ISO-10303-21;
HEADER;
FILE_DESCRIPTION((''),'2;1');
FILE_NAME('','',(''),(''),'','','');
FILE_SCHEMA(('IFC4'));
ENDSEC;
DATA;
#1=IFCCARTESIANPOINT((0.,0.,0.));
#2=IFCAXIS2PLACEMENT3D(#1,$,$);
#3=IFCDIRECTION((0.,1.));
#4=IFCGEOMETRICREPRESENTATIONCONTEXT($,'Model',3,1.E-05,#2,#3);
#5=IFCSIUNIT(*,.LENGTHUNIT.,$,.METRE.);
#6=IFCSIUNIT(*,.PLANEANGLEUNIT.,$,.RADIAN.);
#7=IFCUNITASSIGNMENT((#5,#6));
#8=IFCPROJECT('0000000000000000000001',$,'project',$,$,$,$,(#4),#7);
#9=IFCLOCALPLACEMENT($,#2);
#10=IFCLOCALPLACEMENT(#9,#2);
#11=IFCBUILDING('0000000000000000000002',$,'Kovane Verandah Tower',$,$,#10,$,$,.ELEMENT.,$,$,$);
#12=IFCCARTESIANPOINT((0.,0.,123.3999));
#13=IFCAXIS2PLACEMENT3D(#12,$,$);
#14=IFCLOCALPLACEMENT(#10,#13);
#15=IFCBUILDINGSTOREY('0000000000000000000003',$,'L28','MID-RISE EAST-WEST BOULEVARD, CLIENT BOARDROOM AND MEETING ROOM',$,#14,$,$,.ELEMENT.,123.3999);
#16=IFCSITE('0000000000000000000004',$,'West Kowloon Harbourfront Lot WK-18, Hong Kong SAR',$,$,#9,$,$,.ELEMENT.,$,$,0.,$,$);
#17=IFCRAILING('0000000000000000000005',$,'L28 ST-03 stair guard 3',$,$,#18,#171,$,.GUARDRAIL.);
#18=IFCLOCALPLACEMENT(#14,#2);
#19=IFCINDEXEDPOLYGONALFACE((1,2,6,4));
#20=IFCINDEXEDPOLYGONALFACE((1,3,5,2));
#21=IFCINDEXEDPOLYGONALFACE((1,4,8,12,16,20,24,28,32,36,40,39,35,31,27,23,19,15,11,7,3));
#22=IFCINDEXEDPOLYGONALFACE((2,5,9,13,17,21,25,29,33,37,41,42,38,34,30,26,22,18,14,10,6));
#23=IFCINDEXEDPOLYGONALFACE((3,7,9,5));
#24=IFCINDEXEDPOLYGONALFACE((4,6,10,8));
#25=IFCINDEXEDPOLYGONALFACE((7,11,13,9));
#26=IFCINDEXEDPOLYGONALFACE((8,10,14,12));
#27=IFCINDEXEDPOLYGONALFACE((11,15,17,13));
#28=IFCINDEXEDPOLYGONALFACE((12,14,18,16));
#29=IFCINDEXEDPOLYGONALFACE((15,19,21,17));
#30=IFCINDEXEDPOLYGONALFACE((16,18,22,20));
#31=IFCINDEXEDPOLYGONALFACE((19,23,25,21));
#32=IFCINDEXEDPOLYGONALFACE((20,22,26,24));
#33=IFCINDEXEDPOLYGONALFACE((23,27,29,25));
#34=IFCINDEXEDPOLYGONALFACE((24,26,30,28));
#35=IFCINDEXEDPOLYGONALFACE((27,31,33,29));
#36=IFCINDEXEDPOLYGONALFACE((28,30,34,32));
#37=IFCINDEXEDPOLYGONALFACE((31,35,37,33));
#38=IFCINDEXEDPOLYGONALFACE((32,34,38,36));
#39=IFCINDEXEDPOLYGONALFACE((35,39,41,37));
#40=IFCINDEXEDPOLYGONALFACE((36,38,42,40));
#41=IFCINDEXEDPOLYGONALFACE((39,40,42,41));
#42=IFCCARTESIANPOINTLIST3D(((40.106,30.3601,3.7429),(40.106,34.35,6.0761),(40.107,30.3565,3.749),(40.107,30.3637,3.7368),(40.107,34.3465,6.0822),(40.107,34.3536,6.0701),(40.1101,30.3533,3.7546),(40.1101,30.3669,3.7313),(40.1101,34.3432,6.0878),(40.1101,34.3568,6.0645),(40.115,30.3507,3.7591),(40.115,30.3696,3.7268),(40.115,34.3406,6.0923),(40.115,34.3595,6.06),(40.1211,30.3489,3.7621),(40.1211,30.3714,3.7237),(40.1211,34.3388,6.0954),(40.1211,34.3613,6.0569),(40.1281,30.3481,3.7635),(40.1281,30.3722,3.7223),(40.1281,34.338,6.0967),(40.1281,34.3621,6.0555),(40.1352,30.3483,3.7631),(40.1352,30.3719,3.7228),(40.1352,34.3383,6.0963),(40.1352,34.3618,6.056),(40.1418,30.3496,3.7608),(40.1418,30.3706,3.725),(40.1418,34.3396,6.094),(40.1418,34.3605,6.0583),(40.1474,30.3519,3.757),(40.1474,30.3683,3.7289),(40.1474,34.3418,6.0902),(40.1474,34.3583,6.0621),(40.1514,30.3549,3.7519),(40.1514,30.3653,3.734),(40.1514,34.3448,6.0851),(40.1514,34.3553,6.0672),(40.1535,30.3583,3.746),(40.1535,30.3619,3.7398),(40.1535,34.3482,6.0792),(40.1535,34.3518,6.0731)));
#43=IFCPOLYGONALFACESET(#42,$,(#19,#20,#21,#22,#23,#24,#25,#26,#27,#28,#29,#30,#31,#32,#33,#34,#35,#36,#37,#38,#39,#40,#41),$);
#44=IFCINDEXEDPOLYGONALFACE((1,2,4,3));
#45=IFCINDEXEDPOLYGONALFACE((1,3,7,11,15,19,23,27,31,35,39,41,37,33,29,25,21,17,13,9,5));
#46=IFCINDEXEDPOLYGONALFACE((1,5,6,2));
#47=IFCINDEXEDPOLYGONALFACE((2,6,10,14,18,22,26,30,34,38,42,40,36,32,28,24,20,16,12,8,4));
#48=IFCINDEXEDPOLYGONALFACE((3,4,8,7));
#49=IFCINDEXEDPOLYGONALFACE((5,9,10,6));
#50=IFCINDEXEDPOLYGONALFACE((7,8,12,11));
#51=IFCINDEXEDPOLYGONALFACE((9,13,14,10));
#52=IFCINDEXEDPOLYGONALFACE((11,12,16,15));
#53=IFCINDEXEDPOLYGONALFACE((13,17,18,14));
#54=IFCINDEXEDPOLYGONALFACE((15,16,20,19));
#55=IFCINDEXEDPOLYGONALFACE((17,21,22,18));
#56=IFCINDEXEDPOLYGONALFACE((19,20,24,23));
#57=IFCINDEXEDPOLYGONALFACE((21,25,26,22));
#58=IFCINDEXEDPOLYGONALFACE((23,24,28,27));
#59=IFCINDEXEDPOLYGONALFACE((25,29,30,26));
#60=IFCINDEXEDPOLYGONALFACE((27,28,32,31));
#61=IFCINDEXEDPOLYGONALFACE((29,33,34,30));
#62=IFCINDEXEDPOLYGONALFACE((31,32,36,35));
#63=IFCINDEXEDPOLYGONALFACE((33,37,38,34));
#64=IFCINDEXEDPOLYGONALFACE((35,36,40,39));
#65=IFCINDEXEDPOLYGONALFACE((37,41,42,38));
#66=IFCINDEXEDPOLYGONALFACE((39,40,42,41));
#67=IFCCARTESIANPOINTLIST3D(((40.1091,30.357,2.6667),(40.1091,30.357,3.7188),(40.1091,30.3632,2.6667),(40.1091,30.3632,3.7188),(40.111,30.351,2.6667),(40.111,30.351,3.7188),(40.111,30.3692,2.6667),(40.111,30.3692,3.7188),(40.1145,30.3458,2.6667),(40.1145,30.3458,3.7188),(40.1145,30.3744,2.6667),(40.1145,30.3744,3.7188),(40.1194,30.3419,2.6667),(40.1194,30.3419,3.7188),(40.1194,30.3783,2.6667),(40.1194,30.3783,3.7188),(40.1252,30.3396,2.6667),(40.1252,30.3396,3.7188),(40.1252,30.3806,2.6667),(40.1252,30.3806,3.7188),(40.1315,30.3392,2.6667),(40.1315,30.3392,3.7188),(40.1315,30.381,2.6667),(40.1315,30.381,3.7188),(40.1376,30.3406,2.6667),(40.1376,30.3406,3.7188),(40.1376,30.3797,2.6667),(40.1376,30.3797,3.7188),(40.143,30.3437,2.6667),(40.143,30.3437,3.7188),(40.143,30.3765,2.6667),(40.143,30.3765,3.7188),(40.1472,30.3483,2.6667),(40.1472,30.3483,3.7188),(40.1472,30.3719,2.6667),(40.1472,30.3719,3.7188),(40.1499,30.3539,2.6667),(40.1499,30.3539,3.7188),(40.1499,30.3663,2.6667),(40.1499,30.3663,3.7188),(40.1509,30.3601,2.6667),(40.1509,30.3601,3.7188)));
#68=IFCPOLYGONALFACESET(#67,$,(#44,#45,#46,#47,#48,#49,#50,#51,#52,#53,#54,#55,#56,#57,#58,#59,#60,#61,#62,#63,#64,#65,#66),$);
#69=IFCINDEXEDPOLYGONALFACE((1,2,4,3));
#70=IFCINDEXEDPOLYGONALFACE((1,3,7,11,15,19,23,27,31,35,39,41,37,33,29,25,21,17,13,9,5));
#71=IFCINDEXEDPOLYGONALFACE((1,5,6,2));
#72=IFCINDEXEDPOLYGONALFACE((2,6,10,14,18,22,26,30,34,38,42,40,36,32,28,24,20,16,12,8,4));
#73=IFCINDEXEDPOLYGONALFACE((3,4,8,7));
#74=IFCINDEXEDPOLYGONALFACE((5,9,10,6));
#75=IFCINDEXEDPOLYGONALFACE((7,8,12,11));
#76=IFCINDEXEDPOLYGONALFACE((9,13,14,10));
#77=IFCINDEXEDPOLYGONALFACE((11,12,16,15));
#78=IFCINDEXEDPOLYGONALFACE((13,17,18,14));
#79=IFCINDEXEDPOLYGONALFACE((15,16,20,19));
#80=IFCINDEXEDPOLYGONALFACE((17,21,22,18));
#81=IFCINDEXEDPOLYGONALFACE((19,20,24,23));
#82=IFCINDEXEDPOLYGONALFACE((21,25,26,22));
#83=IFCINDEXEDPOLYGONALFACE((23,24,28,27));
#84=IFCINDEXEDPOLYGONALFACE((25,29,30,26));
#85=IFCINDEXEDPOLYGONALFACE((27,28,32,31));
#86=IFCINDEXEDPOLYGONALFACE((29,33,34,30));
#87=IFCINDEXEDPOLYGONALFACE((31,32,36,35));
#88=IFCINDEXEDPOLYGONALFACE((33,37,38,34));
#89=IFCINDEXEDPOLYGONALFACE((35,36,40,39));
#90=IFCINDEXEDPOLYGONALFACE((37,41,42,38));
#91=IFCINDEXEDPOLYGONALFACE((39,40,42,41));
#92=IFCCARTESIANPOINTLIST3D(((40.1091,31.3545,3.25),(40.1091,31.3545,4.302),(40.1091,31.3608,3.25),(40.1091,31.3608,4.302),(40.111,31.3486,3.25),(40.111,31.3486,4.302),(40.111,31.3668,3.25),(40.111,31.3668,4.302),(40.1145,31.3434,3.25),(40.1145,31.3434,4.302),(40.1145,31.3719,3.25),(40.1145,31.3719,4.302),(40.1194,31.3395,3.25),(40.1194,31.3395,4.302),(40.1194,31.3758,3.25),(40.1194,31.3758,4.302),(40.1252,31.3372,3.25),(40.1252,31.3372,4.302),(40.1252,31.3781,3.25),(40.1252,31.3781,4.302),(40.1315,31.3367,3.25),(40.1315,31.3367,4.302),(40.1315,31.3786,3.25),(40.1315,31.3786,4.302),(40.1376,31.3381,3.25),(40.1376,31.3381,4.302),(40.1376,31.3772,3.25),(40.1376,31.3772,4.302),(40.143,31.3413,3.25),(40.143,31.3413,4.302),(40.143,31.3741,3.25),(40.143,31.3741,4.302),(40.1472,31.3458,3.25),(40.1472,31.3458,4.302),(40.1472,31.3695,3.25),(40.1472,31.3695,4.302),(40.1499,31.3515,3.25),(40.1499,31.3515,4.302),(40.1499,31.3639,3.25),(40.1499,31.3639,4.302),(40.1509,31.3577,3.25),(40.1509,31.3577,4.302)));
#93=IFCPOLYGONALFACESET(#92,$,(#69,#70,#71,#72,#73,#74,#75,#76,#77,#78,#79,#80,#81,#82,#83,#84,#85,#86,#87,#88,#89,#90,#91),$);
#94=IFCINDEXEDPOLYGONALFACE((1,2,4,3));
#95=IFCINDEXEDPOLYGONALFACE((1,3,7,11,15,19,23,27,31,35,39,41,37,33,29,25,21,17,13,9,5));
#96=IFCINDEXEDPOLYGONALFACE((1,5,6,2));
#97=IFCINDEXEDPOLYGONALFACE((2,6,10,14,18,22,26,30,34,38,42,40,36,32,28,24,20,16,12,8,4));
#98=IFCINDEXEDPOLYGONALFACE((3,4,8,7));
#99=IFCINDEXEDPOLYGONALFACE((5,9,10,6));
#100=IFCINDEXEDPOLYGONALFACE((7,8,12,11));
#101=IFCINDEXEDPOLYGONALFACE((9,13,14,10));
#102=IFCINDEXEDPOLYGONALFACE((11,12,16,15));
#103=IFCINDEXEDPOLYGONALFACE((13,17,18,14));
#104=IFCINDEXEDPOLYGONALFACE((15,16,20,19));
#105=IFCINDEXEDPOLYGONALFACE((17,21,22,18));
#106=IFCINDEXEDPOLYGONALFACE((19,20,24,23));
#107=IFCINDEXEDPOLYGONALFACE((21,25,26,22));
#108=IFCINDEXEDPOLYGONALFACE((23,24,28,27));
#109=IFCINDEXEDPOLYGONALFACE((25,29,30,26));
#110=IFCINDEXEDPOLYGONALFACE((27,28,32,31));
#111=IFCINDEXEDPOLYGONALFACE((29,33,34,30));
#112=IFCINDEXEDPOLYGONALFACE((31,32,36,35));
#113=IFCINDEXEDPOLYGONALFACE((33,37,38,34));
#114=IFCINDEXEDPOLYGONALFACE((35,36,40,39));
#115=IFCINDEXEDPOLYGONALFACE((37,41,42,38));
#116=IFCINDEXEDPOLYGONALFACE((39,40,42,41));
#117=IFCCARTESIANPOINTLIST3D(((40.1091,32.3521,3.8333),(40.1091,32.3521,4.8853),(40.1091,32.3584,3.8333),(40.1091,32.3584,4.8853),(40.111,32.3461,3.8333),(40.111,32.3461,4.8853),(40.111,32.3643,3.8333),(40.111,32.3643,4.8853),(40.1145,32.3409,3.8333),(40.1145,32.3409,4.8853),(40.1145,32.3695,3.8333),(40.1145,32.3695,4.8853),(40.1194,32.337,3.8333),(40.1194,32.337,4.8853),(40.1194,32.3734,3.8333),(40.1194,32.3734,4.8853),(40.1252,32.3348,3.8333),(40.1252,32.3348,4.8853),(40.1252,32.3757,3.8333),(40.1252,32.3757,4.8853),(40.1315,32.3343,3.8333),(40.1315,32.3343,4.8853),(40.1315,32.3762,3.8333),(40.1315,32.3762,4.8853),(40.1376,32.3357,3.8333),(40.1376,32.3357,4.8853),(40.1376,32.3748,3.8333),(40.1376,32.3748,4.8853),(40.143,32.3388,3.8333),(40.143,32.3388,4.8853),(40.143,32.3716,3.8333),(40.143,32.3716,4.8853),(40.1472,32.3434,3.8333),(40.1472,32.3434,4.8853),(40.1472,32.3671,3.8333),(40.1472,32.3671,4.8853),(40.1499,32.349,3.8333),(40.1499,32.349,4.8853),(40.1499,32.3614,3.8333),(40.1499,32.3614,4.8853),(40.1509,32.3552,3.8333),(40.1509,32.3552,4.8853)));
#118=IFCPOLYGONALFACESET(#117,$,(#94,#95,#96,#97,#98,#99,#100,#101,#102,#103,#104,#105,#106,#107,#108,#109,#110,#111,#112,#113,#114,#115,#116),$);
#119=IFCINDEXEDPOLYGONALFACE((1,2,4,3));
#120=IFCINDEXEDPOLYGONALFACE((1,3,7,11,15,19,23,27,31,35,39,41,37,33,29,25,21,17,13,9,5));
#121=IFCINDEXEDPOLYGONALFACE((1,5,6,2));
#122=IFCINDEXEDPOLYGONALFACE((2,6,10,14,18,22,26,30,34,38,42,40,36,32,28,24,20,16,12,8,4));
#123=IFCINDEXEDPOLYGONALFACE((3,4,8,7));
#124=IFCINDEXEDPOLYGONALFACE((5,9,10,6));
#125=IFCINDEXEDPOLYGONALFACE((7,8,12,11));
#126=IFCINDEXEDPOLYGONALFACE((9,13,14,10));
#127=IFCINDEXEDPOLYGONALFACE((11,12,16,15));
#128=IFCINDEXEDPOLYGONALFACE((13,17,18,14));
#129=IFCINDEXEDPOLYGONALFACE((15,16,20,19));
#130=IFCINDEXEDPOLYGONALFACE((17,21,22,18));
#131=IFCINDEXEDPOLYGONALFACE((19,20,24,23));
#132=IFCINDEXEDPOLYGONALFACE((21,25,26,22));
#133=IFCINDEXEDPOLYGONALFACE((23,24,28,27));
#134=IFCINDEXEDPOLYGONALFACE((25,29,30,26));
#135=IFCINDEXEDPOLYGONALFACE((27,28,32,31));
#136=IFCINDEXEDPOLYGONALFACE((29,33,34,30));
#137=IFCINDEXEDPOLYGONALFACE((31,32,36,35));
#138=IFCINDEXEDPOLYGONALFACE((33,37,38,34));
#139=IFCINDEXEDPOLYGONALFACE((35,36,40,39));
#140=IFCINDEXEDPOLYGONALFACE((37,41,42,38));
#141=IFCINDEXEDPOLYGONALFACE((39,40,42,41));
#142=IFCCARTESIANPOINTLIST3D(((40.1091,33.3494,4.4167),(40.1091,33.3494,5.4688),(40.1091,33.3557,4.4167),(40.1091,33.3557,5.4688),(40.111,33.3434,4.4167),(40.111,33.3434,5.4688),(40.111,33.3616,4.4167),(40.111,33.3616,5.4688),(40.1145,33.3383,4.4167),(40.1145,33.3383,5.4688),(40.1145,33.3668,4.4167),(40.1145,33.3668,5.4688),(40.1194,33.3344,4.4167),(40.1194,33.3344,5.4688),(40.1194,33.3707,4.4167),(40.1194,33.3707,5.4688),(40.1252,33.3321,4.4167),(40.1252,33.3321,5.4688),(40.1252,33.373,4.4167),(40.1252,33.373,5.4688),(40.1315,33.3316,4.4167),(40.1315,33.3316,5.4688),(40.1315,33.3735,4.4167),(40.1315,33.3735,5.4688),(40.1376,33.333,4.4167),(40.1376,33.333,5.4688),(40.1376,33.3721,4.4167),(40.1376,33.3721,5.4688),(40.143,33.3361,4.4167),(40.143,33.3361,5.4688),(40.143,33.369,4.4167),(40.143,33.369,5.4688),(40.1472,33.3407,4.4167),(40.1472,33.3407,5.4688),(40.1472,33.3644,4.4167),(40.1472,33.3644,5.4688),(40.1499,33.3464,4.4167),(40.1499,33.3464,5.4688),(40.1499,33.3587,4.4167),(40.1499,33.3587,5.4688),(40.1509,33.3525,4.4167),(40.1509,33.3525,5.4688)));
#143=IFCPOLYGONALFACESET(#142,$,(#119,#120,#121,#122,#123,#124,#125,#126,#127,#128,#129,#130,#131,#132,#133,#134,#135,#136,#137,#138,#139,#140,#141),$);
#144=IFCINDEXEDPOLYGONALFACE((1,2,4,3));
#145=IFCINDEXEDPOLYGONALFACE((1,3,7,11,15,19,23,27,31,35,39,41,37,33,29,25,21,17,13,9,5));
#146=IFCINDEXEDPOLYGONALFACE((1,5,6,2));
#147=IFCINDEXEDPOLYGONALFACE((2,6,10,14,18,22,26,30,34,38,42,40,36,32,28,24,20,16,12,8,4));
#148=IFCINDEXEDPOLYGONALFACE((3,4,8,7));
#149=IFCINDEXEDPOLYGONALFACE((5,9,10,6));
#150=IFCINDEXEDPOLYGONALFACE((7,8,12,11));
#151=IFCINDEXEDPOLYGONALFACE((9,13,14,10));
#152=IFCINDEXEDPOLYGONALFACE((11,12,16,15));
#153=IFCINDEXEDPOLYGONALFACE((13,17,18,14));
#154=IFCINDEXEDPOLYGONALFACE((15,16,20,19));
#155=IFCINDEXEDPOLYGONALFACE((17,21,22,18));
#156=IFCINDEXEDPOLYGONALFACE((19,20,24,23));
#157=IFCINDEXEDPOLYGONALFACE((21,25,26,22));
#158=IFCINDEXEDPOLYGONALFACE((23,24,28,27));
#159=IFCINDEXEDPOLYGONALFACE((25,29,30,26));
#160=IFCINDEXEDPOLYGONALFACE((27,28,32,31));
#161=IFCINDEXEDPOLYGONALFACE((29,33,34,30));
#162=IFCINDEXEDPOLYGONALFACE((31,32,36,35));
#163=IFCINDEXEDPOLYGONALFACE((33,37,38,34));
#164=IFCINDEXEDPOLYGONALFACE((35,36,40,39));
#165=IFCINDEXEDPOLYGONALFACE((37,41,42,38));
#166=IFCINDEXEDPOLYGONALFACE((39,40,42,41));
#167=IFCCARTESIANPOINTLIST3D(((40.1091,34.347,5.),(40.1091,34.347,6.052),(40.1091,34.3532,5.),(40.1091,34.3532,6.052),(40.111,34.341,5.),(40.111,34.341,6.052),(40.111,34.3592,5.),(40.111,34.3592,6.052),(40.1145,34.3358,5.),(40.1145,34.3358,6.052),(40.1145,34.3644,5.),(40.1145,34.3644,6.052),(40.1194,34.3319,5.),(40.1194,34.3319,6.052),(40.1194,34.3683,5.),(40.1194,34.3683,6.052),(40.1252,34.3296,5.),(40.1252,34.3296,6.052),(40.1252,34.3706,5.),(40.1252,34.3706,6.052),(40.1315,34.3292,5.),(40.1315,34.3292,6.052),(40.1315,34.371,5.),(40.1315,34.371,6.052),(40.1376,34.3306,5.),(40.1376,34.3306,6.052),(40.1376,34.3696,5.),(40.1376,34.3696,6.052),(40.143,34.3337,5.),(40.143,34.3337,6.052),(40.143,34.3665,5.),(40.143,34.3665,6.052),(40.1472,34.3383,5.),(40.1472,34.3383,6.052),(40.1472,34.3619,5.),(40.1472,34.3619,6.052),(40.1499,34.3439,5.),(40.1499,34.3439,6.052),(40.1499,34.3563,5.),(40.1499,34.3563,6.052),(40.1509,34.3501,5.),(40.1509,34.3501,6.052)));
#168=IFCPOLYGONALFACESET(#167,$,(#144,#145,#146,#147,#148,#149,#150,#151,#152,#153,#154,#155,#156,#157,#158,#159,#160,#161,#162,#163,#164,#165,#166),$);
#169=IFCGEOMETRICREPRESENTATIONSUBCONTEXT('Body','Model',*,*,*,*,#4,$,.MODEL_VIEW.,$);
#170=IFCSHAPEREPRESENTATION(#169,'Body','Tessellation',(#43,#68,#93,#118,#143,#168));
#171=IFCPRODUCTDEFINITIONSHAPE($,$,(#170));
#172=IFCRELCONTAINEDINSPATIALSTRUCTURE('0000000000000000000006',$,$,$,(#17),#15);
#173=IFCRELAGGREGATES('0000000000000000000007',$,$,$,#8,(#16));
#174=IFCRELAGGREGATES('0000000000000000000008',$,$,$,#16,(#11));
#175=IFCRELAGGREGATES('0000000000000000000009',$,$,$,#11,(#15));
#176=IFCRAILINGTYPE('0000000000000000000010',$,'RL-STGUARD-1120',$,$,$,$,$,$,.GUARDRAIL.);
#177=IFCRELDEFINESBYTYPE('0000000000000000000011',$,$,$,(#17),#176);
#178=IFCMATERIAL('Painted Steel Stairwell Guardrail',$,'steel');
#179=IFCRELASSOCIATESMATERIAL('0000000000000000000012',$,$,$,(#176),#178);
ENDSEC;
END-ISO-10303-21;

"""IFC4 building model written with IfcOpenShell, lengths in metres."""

from ifc_helpers import new_model, si_unit, direction, frame, origin, origin_2d, place, context, subcontext, project, spatial, circle, extrude, material, type_object, element, save


model = new_model("IFC4")

# Units and contexts
model_context = context("Model", 3, precision=1e-05, world=origin(), true_north=direction((0.0, 1.0)))
body_context = subcontext(model_context, "Body", "Model", "MODEL_VIEW")
ifc_project = project(units=[si_unit("LENGTHUNIT", "METRE"), si_unit("PLANEANGLEUNIT", "RADIAN")], contexts=[model_context])

# Site, building, storey
site_placement = place(None, origin())
site = spatial("IfcSite", under=ifc_project, at=site_placement, Name="West Kowloon Harbourfront Lot WK-18, Hong Kong SAR", CompositionType="ELEMENT", RefElevation=0.0)
building_placement = place(site_placement, origin())
building = spatial("IfcBuilding", under=site, at=building_placement, Name="Kovane Verandah Tower", CompositionType="ELEMENT")
storey_placement = place(building_placement, frame((0.0, 0.0, 123.3999)))
storey = spatial("IfcBuildingStorey", under=building, at=storey_placement, Name="L28", Description="MID-RISE EAST-WEST BOULEVARD, CLIENT BOARDROOM AND MEETING ROOM", CompositionType="ELEMENT", Elevation=123.3999)

# Railing
ifc_material_1 = material(Name="Painted Steel Stairwell Guardrail", Category="steel")
railing_type = type_object("IfcRailingType", Name="RL-STGUARD-1120", PredefinedType="GUARDRAIL", material=ifc_material_1)
railing_1_placement = place(storey_placement, frame((40.1299, 30.3601, 2.6667)))
element("IfcRailing", 1, at=railing_1_placement, inside=storey, type_object=railing_type, Name="L28 ST-03 stair guard 3", PredefinedType="GUARDRAIL", context=body_context, shape_type="SweptSolid", body=[
    extrude(circle(Radius=0.0239, at=origin_2d()), frame((0.0, 0.0, 1.0762), z_axis=(0.0, 0.863236, 0.5048), x_axis=(-1.0, 0.0, 0.0)), (0.0, 0.0, 1.0), 4.6221),
    extrude(circle(Radius=0.021, at=origin_2d()), origin(), (0.0, 0.0, 1.0), 1.052),
    extrude(circle(Radius=0.021, at=origin_2d()), frame((0.0, 0.9976, 0.5833)), (0.0, 0.0, 1.0), 1.052),
    extrude(circle(Radius=0.021, at=origin_2d()), frame((0.0, 1.9951, 1.1665)), (0.0, 0.0, 1.0), 1.052),
    extrude(circle(Radius=0.021, at=origin_2d()), frame((0.0, 2.9924, 1.75)), (0.0, 0.0, 1.0), 1.052),
    extrude(circle(Radius=0.021, at=origin_2d()), frame((0.0, 3.99, 2.3333)), (0.0, 0.0, 1.0), 1.052),
])

save(model, "model.ifc")
